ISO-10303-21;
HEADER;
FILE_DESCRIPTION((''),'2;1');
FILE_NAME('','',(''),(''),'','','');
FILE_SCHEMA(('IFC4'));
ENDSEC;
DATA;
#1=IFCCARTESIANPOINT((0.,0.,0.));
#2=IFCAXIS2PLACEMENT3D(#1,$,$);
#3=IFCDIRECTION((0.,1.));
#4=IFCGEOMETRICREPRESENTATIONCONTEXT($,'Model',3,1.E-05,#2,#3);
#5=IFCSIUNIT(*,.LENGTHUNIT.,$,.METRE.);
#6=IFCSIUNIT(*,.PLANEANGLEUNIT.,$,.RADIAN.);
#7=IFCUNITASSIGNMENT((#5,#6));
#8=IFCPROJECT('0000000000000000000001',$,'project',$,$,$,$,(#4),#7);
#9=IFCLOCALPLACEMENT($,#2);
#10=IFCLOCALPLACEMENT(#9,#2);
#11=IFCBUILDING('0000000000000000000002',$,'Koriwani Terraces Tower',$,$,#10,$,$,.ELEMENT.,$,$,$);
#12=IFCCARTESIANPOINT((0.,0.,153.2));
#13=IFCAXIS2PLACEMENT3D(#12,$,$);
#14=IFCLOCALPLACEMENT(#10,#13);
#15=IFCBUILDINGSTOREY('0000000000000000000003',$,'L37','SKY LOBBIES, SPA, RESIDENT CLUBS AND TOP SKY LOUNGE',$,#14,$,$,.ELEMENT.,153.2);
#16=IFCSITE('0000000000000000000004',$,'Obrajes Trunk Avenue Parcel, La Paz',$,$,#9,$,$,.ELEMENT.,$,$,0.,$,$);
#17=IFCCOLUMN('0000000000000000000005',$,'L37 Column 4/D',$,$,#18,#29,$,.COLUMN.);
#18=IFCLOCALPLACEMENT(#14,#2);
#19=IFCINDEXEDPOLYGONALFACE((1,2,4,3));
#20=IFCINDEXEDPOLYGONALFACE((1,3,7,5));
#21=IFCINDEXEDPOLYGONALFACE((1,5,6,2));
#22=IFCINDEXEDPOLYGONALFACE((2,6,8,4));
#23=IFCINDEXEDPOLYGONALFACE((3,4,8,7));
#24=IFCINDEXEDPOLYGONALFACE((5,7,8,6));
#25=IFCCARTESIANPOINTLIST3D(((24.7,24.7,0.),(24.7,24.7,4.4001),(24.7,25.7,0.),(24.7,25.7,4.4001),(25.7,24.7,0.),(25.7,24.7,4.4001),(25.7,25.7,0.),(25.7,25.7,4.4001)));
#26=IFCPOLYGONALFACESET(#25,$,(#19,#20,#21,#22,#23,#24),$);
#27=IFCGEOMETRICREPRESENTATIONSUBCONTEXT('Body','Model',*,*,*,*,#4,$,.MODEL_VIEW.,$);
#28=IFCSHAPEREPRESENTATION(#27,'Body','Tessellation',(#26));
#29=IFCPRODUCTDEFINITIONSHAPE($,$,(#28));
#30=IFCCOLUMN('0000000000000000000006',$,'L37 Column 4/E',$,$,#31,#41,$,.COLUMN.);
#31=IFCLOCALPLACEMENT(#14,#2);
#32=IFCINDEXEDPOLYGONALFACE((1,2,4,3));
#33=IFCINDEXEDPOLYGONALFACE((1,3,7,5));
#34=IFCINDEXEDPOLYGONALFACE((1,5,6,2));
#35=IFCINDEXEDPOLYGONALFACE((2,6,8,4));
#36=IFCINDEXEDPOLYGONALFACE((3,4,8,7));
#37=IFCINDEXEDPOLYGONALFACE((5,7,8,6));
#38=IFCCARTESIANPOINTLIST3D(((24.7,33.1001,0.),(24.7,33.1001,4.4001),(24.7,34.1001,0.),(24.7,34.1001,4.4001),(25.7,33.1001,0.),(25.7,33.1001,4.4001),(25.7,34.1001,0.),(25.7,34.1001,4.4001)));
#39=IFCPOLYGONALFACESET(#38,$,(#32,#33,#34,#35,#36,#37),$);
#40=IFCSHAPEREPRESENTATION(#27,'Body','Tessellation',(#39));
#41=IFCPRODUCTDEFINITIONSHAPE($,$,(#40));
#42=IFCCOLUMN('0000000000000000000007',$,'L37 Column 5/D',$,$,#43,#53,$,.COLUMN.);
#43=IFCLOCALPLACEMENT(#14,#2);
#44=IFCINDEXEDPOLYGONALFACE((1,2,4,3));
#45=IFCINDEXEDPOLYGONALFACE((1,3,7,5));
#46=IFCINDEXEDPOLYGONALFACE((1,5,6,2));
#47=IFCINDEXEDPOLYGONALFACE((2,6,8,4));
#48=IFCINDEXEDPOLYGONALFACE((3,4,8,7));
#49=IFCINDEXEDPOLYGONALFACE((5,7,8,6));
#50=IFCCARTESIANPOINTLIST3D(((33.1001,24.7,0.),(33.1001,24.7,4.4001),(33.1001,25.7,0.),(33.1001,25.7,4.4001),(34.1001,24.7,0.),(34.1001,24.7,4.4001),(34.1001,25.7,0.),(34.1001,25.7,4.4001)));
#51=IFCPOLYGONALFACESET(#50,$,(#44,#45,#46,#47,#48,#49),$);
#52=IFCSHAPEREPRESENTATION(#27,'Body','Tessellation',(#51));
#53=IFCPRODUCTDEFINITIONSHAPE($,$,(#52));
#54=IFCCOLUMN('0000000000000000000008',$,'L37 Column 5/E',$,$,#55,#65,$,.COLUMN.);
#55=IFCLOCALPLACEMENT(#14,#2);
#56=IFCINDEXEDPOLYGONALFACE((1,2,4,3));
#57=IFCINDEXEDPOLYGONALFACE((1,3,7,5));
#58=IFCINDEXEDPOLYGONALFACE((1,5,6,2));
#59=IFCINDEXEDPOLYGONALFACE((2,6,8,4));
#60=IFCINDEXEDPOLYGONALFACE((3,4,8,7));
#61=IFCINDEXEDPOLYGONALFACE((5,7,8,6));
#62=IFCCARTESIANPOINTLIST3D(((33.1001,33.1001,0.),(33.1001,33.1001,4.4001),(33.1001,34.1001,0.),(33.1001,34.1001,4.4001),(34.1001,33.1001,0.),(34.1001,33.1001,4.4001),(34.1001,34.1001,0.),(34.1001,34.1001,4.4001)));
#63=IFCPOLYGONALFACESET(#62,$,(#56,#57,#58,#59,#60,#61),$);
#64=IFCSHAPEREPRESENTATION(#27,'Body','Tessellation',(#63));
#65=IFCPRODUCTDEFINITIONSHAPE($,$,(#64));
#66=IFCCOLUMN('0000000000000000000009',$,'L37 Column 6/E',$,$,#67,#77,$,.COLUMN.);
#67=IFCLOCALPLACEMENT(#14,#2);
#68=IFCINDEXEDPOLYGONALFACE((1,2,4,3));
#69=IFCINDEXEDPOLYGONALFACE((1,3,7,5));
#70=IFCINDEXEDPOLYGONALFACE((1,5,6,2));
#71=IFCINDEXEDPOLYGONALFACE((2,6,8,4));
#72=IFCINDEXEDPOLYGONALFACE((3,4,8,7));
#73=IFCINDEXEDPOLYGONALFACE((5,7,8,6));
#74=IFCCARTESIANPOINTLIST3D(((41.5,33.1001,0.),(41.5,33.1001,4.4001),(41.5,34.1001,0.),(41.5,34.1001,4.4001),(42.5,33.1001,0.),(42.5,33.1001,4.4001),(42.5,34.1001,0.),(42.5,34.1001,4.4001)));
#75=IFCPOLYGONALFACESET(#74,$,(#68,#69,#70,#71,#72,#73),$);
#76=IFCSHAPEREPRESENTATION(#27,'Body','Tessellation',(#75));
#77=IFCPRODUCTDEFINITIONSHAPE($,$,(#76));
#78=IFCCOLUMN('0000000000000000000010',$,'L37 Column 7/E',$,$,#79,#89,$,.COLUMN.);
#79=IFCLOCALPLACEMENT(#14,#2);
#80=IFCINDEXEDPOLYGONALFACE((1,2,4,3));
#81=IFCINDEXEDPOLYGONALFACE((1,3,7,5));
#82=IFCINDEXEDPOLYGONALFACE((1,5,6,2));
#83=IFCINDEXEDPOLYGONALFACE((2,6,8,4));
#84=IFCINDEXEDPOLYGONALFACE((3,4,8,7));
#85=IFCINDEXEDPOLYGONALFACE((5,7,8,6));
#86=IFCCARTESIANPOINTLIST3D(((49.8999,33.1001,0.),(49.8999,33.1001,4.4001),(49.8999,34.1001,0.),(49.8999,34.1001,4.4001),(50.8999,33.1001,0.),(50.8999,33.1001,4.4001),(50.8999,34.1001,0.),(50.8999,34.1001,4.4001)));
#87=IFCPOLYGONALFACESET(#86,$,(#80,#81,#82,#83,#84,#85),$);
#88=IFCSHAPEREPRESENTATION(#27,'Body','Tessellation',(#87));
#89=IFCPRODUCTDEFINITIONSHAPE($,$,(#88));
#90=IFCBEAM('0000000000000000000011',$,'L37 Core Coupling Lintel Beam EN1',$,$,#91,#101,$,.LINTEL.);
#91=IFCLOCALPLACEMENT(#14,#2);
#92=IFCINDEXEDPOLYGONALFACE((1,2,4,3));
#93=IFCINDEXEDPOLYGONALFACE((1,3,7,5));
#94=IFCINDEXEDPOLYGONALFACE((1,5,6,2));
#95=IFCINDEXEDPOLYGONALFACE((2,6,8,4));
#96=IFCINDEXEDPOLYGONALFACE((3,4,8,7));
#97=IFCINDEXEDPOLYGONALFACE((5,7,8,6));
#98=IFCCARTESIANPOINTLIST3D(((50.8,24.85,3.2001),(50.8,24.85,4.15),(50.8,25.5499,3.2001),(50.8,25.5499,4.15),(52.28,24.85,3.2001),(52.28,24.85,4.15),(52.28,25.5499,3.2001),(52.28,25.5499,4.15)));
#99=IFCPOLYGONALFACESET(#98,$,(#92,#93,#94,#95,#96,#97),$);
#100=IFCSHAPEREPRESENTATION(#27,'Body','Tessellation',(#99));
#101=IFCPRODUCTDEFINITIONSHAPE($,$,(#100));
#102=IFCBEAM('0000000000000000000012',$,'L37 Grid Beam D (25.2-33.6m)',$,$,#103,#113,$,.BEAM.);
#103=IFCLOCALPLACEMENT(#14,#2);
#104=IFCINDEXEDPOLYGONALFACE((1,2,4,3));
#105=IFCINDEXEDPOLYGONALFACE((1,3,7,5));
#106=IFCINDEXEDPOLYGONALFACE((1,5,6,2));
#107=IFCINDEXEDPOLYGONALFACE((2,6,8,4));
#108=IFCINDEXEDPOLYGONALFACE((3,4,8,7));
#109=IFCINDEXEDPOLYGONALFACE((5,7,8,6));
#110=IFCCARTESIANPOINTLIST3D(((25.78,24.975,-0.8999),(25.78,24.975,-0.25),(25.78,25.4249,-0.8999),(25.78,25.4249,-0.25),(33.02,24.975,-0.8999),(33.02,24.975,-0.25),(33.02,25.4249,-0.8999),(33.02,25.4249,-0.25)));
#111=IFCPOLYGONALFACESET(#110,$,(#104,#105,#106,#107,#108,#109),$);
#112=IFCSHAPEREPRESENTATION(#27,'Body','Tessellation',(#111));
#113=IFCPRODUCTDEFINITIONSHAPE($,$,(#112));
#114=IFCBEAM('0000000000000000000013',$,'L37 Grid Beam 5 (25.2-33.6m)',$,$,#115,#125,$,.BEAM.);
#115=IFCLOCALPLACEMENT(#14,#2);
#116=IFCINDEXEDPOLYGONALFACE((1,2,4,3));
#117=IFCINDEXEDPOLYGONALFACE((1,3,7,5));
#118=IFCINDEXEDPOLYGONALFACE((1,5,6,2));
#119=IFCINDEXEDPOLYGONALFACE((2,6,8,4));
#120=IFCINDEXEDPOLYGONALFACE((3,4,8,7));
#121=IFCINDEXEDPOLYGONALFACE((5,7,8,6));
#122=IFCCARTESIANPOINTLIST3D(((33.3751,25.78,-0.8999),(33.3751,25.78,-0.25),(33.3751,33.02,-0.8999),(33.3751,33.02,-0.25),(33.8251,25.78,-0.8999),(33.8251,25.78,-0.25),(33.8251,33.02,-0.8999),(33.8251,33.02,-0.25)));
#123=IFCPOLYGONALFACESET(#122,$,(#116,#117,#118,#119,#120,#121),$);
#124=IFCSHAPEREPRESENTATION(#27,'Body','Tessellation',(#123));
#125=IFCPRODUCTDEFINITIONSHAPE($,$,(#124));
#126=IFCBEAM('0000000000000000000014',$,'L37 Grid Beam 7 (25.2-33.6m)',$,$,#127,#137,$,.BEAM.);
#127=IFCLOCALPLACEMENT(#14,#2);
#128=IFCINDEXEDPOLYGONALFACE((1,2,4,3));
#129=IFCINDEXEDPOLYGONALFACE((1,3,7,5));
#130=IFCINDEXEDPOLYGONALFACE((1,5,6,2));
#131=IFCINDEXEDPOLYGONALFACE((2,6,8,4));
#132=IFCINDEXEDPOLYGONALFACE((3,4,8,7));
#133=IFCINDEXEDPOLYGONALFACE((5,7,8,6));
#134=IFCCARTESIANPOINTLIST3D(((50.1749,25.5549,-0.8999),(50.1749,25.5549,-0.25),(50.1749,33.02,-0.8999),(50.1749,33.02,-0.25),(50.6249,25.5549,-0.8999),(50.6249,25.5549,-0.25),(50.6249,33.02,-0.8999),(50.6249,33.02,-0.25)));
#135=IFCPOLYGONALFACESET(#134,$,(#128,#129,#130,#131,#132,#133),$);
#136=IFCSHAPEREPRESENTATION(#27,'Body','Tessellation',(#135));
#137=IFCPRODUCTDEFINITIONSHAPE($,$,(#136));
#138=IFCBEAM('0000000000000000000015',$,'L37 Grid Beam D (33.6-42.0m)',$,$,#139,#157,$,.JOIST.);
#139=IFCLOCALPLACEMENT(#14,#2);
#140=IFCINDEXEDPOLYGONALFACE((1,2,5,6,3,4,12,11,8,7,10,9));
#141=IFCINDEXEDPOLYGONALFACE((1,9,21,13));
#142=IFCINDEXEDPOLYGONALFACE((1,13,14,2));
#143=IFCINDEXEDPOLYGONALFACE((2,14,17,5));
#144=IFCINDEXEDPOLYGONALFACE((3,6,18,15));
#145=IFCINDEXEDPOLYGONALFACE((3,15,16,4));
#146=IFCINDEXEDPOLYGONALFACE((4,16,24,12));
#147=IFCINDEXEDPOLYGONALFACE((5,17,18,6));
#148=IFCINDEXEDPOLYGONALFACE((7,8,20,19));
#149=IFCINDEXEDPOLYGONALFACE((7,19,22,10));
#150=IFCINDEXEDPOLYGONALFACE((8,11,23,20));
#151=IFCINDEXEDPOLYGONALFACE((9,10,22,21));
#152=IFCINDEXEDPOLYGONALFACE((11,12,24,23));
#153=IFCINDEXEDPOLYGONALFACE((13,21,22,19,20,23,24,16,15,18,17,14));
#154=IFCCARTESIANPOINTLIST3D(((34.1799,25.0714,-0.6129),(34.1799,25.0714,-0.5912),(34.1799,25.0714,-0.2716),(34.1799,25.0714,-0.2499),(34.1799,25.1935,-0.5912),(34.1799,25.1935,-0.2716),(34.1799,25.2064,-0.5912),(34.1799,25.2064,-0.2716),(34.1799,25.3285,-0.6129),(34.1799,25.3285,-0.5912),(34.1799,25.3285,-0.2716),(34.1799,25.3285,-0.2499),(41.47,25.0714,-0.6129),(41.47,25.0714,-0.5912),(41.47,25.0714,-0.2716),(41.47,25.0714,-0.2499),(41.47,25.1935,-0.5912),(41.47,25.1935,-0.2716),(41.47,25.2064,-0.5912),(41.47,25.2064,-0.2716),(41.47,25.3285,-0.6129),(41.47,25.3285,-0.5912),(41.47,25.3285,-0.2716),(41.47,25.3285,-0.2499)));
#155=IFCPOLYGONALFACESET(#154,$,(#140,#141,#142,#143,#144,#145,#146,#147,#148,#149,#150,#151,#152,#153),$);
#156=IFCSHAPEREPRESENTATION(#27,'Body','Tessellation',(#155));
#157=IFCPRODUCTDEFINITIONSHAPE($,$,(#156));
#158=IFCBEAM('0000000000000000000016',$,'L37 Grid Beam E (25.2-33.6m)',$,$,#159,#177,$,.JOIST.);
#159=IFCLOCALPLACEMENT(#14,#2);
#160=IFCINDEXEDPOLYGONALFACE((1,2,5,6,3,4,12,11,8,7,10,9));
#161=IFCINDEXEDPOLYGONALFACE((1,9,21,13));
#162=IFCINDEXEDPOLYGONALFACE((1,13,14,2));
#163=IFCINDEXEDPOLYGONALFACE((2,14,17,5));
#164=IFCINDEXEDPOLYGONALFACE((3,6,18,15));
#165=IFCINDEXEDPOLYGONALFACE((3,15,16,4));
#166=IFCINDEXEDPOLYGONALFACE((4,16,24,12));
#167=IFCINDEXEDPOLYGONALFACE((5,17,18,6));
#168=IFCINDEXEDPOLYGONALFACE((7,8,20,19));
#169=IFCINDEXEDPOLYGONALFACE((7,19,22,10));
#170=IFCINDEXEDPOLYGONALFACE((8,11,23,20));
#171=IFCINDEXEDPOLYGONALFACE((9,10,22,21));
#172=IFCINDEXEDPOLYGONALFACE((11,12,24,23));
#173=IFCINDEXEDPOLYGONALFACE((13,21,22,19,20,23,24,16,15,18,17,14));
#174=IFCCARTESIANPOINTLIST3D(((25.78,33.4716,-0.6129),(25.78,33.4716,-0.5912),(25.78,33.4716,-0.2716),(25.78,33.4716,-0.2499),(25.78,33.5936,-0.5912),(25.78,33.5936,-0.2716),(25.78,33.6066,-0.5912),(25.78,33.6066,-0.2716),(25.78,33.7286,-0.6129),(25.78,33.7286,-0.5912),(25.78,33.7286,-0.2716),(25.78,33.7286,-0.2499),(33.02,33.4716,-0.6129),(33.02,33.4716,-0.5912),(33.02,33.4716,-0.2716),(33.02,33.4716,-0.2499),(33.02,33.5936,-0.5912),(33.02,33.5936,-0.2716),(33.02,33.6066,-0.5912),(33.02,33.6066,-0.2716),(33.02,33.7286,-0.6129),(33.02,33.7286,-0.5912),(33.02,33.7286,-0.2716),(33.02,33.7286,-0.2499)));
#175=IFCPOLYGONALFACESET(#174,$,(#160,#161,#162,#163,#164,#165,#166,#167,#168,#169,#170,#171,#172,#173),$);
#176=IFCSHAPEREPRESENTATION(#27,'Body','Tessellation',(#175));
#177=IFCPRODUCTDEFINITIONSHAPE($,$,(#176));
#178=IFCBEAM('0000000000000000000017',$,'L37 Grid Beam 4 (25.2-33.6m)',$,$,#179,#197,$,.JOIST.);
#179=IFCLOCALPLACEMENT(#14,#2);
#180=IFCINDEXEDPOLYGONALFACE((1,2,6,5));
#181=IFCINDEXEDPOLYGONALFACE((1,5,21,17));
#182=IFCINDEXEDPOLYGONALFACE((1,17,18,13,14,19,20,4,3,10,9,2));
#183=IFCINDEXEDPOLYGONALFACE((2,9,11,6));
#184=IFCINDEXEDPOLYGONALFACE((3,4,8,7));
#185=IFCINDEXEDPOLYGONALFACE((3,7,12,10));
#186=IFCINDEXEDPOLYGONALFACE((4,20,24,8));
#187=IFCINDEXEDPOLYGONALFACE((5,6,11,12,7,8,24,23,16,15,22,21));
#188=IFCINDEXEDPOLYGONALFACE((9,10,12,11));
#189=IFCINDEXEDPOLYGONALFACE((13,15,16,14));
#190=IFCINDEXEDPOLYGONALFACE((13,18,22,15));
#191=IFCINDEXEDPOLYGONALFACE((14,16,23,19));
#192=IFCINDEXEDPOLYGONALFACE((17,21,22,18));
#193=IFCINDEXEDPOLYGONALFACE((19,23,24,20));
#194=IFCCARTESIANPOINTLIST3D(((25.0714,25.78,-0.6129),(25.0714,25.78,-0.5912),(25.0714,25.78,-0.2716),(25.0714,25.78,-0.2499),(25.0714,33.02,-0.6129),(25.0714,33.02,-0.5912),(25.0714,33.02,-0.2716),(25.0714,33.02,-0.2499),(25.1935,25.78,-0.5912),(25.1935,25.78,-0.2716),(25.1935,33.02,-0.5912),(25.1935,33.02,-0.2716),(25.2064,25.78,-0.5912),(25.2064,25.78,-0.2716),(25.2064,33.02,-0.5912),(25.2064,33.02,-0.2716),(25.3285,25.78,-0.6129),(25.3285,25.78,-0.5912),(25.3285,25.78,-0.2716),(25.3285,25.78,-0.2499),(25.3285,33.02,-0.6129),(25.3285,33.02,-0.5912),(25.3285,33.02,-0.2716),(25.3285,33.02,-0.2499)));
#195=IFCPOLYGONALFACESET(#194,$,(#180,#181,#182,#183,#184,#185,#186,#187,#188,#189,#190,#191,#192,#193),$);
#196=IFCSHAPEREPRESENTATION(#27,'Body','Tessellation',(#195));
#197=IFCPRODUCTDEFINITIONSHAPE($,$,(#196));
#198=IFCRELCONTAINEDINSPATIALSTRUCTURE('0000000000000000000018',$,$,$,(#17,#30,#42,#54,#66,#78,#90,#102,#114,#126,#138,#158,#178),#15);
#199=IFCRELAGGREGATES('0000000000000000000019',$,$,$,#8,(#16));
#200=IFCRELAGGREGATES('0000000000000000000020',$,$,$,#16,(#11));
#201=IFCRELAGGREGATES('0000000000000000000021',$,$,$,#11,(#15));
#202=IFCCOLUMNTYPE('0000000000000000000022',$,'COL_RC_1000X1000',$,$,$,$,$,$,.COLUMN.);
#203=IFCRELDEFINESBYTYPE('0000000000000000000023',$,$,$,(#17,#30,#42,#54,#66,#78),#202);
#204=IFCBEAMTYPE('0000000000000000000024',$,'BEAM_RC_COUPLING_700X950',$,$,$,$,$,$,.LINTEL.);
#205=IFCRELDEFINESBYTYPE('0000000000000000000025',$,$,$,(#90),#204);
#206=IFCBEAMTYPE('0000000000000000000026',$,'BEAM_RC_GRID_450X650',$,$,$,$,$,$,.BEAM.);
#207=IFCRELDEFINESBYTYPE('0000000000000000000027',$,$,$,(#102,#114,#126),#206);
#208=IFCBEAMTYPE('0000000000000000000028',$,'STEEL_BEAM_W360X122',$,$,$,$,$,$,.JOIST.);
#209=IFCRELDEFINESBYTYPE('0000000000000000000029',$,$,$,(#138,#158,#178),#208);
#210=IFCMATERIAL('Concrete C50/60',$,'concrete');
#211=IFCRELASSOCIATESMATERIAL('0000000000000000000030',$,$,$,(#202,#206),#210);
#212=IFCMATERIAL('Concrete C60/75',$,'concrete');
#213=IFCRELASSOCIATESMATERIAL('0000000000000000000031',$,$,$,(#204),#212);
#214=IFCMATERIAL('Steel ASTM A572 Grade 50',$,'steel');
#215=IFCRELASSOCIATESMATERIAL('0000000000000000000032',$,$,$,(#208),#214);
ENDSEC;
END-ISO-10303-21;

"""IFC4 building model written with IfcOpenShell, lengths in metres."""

from ifc_helpers import new_model, si_unit, direction, frame, origin, origin_2d, place, context, subcontext, project, spatial, rectangle, i_section, extrude, material, material_profile, profile_set, type_object, element, save


model = new_model("IFC4")

# Units and contexts
model_context = context("Model", 3, precision=1e-05, world=origin(), true_north=direction((0.0, 1.0)))
body_context = subcontext(model_context, "Body", "Model", "MODEL_VIEW")
ifc_project = project(units=[si_unit("LENGTHUNIT", "METRE"), si_unit("PLANEANGLEUNIT", "RADIAN")], contexts=[model_context])

# Site, building, storey
site_placement = place(None, origin())
site = spatial("IfcSite", under=ifc_project, at=site_placement, Name="Obrajes Trunk Avenue Parcel, La Paz", CompositionType="ELEMENT", RefElevation=0.0)
building_placement = place(site_placement, origin())
building = spatial("IfcBuilding", under=site, at=building_placement, Name="Koriwani Terraces Tower", CompositionType="ELEMENT")
storey_placement = place(building_placement, frame((0.0, 0.0, 153.2)))
storey = spatial("IfcBuildingStorey", under=building, at=storey_placement, Name="L37", Description="SKY LOBBIES, SPA, RESIDENT CLUBS AND TOP SKY LOUNGE", CompositionType="ELEMENT", Elevation=153.2)

# Columns
ifc_material_1 = material(Name="Concrete C50/60", Category="concrete")
ifc_material_profile_1 = material_profile(ifc_material_1, rectangle(XDim=1.0, YDim=1.0, at=origin_2d()), Name="Concrete C50/60", Category="LoadBearing")
ifc_profile_set_1 = profile_set([ifc_material_profile_1], Name="Concrete C50/60")
column_type = type_object("IfcColumnType", Name="COL_RC_1000X1000", PredefinedType="COLUMN", material=ifc_profile_set_1)
for number, where, z_axis, x_axis, name in (
    (1, (25.2, 25.2, 0.0), (0.0, 0.0, 1.0), (1.0, 0.0, 0.0), "L37 Column 4/D"),
    (2, (25.2, 33.6001, 0.0), (0.0, 0.0, 1.0), (1.0, 0.0, 0.0), "L37 Column 4/E"),
    (3, (33.6001, 25.2, 0.0), (0.0, 0.0, 1.0), (1.0, 0.0, 0.0), "L37 Column 5/D"),
    (4, (33.6001, 33.6001, 0.0), (0.0, 0.0, 1.0), (1.0, 0.0, 0.0), "L37 Column 5/E"),
    (5, (42.0, 33.6001, 0.0), (0.0, 0.0, 1.0), (1.0, 0.0, 0.0), "L37 Column 6/E"),
    (6, (50.3999, 33.6001, 0.0), (0.0, 0.0, 1.0), (1.0, 0.0, 0.0), "L37 Column 7/E"),
):
    element("IfcColumn", number, at=place(storey_placement, frame(where, z_axis=z_axis, x_axis=x_axis)), inside=storey, type_object=column_type, Name=name, PredefinedType="COLUMN", context=body_context, shape_type="SweptSolid", body=[
        extrude(rectangle(XDim=1.0, YDim=1.0, at=origin_2d()), origin(), (0.0, 0.0, 1.0), 4.4001),
    ])

# Beams
ifc_material_2 = material(Name="Concrete C60/75", Category="concrete")
ifc_material_profile_2 = material_profile(ifc_material_2, rectangle(XDim=0.7, YDim=0.95, at=origin_2d()), Name="Concrete C60/75", Category="LoadBearing")
ifc_profile_set_2 = profile_set([ifc_material_profile_2], Name="Concrete C60/75")
beam_type_1 = type_object("IfcBeamType", Name="BEAM_RC_COUPLING_700X950", PredefinedType="LINTEL", material=ifc_profile_set_2)
beam_1_placement = place(storey_placement, frame((50.8, 25.2, 3.675), z_axis=(1.0, 0.0, 0.0), x_axis=(0.0, 1.0, 0.0)))
element("IfcBeam", 7, at=beam_1_placement, inside=storey, type_object=beam_type_1, Name="L37 Core Coupling Lintel Beam EN1", PredefinedType="LINTEL", context=body_context, shape_type="SweptSolid", body=[
    extrude(rectangle(XDim=0.7, YDim=0.95, at=origin_2d()), origin(), (0.0, 0.0, 1.0), 1.48),
])
ifc_material_profile_3 = material_profile(ifc_material_1, rectangle(XDim=0.45, YDim=0.6499, at=origin_2d()), Name="Concrete C50/60", Category="LoadBearing")
ifc_profile_set_3 = profile_set([ifc_material_profile_3], Name="Concrete C50/60")
beam_type_2 = type_object("IfcBeamType", Name="BEAM_RC_GRID_450X650", PredefinedType="BEAM", material=ifc_profile_set_3)
for number, where, z_axis, x_axis, name in (
    (8, (25.78, 25.2, -0.575), (1.0, 0.0, 0.0), (0.0, 1.0, 0.0), "L37 Grid Beam D (25.2-33.6m)"),
    (9, (33.6001, 25.78, -0.575), (0.0, 1.0, 0.0), (-1.0, 0.0, 0.0), "L37 Grid Beam 5 (25.2-33.6m)"),
):
    element("IfcBeam", number, at=place(storey_placement, frame(where, z_axis=z_axis, x_axis=x_axis)), inside=storey, type_object=beam_type_2, Name=name, PredefinedType="BEAM", context=body_context, shape_type="SweptSolid", body=[
        extrude(rectangle(XDim=0.45, YDim=0.6499, at=origin_2d()), origin(), (0.0, 0.0, 1.0), 7.24),
    ])
beam_2_placement = place(storey_placement, frame((50.3999, 25.5549, -0.575), z_axis=(0.0, 1.0, 0.0), x_axis=(-1.0, 0.0, 0.0)))
element("IfcBeam", 10, at=beam_2_placement, inside=storey, type_object=beam_type_2, Name="L37 Grid Beam 7 (25.2-33.6m)", PredefinedType="BEAM", context=body_context, shape_type="SweptSolid", body=[
    extrude(rectangle(XDim=0.45, YDim=0.6499, at=origin_2d()), origin(), (0.0, 0.0, 1.0), 7.4651),
])
ifc_material_3 = material(Name="Steel ASTM A572 Grade 50", Category="steel")
ifc_material_profile_4 = material_profile(ifc_material_3, i_section(OverallWidth=0.2571, OverallDepth=0.363, WebThickness=0.0129, FlangeThickness=0.0217, at=origin_2d()), Name="Steel ASTM A572 Grade 50", Category="LoadBearing")
ifc_profile_set_4 = profile_set([ifc_material_profile_4], Name="Steel ASTM A572 Grade 50")
beam_type_3 = type_object("IfcBeamType", Name="STEEL_BEAM_W360X122", PredefinedType="JOIST", material=ifc_profile_set_4)
beam_3_placement = place(storey_placement, frame((34.1799, 25.2, -0.4314), z_axis=(1.0, 0.0, 0.0), x_axis=(0.0, 1.0, 0.0)))
element("IfcBeam", 11, at=beam_3_placement, inside=storey, type_object=beam_type_3, Name="L37 Grid Beam D (33.6-42.0m)", PredefinedType="JOIST", context=body_context, shape_type="SweptSolid", body=[
    extrude(i_section(OverallWidth=0.2571, OverallDepth=0.363, WebThickness=0.0129, FlangeThickness=0.0217, at=origin_2d()), origin(), (0.0, 0.0, 1.0), 7.29),
])
for number, where, z_axis, x_axis, name in (
    (12, (25.78, 33.6001, -0.4314), (1.0, 0.0, 0.0), (0.0, 1.0, 0.0), "L37 Grid Beam E (25.2-33.6m)"),
    (13, (25.2, 25.78, -0.4314), (0.0, 1.0, 0.0), (-1.0, 0.0, 0.0), "L37 Grid Beam 4 (25.2-33.6m)"),
):
    element("IfcBeam", number, at=place(storey_placement, frame(where, z_axis=z_axis, x_axis=x_axis)), inside=storey, type_object=beam_type_3, Name=name, PredefinedType="JOIST", context=body_context, shape_type="SweptSolid", body=[
        extrude(i_section(OverallWidth=0.2571, OverallDepth=0.363, WebThickness=0.0129, FlangeThickness=0.0217, at=origin_2d()), origin(), (0.0, 0.0, 1.0), 7.24),
    ])

save(model, "model.ifc")
